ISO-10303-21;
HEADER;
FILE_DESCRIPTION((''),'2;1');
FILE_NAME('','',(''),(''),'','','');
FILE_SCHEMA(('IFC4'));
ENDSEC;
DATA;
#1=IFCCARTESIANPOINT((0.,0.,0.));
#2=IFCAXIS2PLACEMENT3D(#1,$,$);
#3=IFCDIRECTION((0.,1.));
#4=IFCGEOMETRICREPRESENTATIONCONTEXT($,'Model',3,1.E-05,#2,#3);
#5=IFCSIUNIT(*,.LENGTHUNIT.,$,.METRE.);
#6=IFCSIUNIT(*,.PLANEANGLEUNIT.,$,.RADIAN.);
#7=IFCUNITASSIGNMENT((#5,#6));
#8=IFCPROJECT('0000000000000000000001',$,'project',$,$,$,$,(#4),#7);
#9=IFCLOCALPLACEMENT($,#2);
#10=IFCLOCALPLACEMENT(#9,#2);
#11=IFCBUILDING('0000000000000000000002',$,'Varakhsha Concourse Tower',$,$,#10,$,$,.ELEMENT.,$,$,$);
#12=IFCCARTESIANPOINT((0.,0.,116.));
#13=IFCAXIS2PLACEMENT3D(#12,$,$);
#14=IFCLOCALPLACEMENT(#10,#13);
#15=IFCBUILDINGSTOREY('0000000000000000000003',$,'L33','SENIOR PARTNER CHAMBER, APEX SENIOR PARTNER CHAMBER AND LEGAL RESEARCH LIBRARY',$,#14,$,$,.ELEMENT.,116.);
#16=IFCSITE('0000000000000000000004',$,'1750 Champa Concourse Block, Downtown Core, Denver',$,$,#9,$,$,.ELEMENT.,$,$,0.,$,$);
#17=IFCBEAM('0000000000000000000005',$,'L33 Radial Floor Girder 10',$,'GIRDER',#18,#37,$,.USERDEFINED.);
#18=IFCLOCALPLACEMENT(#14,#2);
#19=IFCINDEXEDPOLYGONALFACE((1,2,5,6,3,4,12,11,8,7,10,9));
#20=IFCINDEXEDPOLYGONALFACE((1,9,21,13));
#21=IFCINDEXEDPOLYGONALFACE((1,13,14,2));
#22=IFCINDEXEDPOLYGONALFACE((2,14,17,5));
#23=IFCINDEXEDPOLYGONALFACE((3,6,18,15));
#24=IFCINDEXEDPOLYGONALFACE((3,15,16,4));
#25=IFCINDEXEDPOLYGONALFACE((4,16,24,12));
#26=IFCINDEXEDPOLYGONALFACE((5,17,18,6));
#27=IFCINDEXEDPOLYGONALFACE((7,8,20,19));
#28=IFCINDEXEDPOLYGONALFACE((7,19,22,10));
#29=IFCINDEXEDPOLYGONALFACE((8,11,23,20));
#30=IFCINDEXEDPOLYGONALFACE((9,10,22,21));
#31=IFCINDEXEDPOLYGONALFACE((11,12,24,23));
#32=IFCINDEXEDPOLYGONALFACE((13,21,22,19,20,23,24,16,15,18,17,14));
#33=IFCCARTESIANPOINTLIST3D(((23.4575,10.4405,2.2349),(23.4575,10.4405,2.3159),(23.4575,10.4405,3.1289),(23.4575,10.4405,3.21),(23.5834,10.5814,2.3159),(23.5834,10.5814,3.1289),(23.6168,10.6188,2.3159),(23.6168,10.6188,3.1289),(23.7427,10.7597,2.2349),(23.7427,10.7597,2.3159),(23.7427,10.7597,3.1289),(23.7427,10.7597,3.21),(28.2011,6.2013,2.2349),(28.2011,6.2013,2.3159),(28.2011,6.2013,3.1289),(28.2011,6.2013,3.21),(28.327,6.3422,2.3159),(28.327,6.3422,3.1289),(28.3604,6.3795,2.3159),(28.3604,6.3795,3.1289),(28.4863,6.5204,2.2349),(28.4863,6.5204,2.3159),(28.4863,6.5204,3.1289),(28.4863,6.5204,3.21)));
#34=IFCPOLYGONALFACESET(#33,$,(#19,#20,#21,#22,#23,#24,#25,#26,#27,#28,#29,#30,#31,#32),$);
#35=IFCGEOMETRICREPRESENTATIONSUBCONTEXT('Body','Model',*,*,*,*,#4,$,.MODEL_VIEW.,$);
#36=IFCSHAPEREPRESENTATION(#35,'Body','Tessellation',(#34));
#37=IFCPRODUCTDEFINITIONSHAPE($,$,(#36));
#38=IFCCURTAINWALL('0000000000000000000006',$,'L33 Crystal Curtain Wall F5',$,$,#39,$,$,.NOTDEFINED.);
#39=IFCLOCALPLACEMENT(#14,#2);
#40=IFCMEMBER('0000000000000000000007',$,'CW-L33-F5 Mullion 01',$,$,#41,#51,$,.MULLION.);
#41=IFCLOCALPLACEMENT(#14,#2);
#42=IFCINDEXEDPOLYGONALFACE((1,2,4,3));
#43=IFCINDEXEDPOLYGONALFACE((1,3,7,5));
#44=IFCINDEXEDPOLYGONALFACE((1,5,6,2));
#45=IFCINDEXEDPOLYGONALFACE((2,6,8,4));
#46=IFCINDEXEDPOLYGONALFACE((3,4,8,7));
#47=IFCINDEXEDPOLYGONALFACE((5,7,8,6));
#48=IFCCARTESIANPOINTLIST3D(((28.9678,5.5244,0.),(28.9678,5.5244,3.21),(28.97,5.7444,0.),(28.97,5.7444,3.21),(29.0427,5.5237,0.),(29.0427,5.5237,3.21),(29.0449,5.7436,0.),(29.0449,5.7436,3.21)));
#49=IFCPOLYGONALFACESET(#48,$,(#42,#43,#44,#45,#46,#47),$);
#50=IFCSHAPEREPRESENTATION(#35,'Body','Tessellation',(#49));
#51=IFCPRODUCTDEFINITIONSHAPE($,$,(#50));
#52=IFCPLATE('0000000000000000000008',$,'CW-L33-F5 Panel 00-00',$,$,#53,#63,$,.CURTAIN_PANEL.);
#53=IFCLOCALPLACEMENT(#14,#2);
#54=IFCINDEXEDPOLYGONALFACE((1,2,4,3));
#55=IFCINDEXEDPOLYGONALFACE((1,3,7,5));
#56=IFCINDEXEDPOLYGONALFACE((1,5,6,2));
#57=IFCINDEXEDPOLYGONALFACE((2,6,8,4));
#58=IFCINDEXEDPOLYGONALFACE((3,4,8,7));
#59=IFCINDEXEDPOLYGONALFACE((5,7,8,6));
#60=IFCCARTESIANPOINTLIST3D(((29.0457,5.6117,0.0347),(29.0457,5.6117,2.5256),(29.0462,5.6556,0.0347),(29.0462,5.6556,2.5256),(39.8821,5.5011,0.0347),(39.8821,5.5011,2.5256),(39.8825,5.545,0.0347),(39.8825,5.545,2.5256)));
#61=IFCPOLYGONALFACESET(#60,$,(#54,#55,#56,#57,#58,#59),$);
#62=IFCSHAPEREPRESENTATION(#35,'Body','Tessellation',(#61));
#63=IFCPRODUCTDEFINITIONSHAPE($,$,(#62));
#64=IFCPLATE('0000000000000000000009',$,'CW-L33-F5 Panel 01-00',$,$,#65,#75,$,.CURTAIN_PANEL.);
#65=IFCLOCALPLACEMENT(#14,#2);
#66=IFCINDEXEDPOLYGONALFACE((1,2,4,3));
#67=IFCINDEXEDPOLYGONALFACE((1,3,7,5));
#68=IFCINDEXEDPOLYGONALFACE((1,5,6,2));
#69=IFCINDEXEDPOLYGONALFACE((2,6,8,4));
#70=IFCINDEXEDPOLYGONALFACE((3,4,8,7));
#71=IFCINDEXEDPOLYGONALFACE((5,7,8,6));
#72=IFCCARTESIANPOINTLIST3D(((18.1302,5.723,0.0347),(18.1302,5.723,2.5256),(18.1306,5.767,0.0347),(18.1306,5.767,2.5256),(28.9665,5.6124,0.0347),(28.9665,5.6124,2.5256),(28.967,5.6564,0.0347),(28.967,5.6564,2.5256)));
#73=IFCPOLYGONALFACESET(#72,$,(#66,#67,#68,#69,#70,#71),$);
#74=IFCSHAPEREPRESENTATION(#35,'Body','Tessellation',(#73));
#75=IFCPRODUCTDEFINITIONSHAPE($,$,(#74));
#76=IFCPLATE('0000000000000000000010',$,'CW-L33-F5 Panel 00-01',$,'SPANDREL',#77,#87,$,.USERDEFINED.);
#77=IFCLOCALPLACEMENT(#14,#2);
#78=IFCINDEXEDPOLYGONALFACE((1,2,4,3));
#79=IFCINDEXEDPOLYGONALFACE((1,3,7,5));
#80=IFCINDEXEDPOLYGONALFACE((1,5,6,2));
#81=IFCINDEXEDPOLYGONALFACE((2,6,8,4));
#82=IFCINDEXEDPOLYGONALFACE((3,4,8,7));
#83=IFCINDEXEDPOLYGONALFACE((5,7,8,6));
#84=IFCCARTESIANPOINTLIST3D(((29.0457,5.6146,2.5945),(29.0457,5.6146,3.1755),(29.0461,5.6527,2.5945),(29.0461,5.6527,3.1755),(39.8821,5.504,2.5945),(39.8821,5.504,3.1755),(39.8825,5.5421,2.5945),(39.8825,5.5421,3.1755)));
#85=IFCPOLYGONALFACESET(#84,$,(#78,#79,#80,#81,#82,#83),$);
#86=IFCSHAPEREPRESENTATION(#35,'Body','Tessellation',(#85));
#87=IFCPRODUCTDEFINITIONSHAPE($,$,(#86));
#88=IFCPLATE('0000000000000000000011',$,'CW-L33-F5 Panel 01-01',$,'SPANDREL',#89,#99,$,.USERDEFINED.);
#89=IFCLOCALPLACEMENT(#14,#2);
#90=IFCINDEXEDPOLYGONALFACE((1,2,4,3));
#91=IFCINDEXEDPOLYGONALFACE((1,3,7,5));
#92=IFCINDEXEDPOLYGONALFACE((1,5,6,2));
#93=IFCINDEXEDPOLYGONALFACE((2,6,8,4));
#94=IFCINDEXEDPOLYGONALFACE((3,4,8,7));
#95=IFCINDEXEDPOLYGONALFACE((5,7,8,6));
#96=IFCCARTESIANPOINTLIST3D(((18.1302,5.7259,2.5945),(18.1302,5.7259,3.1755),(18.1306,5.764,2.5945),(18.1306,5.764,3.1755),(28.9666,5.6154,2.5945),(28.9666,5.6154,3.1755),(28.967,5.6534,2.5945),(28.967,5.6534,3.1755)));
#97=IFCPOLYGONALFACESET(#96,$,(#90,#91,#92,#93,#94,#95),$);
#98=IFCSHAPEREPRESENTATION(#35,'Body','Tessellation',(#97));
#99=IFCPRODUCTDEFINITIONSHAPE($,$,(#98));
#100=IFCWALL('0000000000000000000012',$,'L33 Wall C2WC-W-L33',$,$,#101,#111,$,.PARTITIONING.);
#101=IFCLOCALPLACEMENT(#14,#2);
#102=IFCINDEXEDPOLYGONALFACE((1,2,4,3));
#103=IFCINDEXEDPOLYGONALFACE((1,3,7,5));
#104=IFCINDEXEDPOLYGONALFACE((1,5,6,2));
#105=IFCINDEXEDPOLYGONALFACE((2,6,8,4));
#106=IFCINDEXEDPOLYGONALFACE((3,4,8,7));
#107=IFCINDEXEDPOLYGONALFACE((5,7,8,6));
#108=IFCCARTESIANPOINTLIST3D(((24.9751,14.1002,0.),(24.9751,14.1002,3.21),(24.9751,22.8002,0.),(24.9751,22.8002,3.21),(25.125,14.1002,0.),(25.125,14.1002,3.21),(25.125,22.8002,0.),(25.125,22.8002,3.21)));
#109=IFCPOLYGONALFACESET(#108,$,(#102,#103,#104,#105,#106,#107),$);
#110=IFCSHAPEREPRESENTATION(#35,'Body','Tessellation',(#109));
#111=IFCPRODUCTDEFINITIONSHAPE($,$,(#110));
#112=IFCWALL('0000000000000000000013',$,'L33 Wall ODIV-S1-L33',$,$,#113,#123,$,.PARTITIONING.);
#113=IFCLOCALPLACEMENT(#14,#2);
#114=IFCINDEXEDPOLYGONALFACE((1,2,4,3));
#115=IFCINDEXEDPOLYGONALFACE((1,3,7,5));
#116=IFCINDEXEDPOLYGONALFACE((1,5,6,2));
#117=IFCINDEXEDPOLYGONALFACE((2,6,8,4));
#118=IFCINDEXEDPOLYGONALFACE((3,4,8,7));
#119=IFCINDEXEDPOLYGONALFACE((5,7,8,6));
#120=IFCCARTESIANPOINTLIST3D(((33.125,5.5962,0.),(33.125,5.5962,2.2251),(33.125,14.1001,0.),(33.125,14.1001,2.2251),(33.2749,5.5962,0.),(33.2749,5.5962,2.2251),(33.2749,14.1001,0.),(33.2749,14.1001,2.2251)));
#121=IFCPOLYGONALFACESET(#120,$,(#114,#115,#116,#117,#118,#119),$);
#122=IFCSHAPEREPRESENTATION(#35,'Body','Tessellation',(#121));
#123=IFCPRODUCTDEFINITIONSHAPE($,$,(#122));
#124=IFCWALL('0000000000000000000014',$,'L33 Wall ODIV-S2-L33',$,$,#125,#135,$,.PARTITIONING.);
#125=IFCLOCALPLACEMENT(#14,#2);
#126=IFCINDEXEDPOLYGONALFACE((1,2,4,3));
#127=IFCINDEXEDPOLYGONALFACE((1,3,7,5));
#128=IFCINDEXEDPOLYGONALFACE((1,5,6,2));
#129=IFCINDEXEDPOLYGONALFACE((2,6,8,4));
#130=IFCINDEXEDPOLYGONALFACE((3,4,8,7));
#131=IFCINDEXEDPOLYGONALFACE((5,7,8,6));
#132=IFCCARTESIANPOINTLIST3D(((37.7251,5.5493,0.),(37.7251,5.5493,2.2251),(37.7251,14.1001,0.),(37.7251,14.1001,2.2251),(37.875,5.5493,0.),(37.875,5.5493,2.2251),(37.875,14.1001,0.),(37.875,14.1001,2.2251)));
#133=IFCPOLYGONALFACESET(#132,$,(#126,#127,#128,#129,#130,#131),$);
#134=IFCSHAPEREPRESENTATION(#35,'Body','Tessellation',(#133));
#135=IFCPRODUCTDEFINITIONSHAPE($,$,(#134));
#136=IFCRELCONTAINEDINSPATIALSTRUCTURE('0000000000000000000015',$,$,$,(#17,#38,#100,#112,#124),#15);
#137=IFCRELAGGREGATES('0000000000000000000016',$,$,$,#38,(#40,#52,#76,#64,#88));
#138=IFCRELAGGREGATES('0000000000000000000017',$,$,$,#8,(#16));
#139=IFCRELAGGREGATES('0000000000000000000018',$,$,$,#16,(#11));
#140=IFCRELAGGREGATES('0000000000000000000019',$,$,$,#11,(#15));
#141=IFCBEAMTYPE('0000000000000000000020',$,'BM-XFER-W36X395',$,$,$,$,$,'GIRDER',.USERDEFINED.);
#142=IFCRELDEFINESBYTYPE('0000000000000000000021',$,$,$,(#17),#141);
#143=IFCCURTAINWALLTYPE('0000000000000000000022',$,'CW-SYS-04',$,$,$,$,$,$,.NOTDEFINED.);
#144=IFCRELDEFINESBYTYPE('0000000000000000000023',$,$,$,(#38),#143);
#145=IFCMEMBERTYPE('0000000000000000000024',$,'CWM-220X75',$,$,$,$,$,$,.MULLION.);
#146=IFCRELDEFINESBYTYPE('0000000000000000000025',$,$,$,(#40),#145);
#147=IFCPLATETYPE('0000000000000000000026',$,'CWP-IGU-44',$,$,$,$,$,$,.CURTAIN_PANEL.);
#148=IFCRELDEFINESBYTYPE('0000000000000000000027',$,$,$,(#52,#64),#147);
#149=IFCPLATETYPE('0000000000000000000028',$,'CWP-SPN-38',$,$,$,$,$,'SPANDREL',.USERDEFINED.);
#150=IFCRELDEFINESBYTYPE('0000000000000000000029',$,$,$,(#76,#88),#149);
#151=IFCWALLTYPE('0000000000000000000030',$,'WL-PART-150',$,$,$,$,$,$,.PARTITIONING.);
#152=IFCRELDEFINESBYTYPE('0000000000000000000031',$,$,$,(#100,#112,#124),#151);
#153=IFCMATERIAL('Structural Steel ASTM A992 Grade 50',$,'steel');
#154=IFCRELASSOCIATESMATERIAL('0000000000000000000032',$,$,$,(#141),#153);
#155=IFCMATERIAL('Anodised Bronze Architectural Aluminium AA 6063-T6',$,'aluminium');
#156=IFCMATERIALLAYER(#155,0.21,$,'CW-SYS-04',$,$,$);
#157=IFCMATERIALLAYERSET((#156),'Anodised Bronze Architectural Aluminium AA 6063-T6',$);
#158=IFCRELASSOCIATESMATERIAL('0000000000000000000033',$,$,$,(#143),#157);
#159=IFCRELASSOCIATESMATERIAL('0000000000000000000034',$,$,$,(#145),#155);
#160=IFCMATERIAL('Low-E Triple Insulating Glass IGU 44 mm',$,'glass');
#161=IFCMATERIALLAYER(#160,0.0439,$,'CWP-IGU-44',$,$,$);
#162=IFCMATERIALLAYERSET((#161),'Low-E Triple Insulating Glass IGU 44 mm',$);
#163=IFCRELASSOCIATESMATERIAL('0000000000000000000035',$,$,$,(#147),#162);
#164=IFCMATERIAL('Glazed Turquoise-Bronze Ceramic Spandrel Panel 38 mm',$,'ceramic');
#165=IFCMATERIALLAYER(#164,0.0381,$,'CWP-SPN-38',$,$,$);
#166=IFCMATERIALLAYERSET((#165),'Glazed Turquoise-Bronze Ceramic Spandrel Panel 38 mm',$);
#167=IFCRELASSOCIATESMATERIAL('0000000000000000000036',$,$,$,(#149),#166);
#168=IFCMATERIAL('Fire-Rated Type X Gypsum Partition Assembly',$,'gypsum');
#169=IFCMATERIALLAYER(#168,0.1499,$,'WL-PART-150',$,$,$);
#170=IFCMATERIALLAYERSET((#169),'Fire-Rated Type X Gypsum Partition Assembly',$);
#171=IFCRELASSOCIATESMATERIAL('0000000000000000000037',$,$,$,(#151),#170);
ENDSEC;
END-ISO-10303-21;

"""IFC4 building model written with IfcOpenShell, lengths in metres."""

from ifc_helpers import new_model, si_unit, direction, frame, frame_2d, origin, origin_2d, place, context, subcontext, project, spatial, rectangle, i_section, extrude, source, transform, mapped, material, layer, layer_set, material_profile, profile_set, type_object, type_shapes, element, aggregate, save


model = new_model("IFC4")

# Units and contexts
model_context = context("Model", 3, precision=1e-05, world=origin(), true_north=direction((0.0, 1.0)))
body_context = subcontext(model_context, "Body", "Model", "MODEL_VIEW")
ifc_project = project(units=[si_unit("LENGTHUNIT", "METRE"), si_unit("PLANEANGLEUNIT", "RADIAN")], contexts=[model_context])

# Site, building, storey
site_placement = place(None, origin())
site = spatial("IfcSite", under=ifc_project, at=site_placement, Name="1750 Champa Concourse Block, Downtown Core, Denver", CompositionType="ELEMENT", RefElevation=0.0)
building_placement = place(site_placement, origin())
building = spatial("IfcBuilding", under=site, at=building_placement, Name="Varakhsha Concourse Tower", CompositionType="ELEMENT")
storey_placement = place(building_placement, frame((0.0, 0.0, 116.0)))
storey = spatial("IfcBuildingStorey", under=building, at=storey_placement, Name="L33", Description="SENIOR PARTNER CHAMBER, APEX SENIOR PARTNER CHAMBER AND LEGAL RESEARCH LIBRARY", CompositionType="ELEMENT", Elevation=116.0)

# Shared definitions
ifc_material_1 = material(Name="Structural Steel ASTM A992 Grade 50", Category="steel")

# Beam
ifc_material_profile_1 = material_profile(ifc_material_1, i_section(OverallWidth=0.428, OverallDepth=0.9751, WebThickness=0.05, FlangeThickness=0.0811, at=origin_2d()), Name="W36X395")
ifc_profile_set_1 = profile_set([ifc_material_profile_1], Name="Structural Steel ASTM A992 Grade 50")
beam_type_1 = type_object("IfcBeamType", Name="BM-XFER-W36X395", ElementType="GIRDER", PredefinedType="USERDEFINED", material=ifc_profile_set_1)
beam_1_placement = place(storey_placement, frame((23.6001, 10.6001, 2.7224), z_axis=(0.745637, -0.666353, 0.0), x_axis=(0.666353, 0.745637, 0.0)))
element("IfcBeam", 1, at=beam_1_placement, inside=storey, type_object=beam_type_1, Name="L33 Radial Floor Girder 10", ObjectType="GIRDER", PredefinedType="USERDEFINED", context=body_context, shape_type="SweptSolid", body=[
    extrude(i_section(OverallWidth=0.428, OverallDepth=0.9751, WebThickness=0.05, FlangeThickness=0.0811, at=origin_2d()), origin(), (0.0, 0.0, 1.0), 6.3618),
])

# Curtain wall, member, plates
ifc_material_2 = material(Name="Anodised Bronze Architectural Aluminium AA 6063-T6", Category="aluminium")
ifc_layer_1 = layer(ifc_material_2, 0.21, Name="CW-SYS-04")
ifc_layer_set_1 = layer_set([ifc_layer_1], Name="Anodised Bronze Architectural Aluminium AA 6063-T6")
curtain_wall_type = type_object("IfcCurtainWallType", Name="CW-SYS-04", PredefinedType="NOTDEFINED", material=ifc_layer_set_1)
curtain_wall_placement = place(storey_placement, origin())
curtain_wall = element("IfcCurtainWall", 2, at=curtain_wall_placement, inside=storey, type_object=curtain_wall_type, Name="L33 Crystal Curtain Wall F5", PredefinedType="NOTDEFINED")
ifc_material_profile_2 = material_profile(ifc_material_2, rectangle(XDim=0.075, YDim=0.22, at=origin_2d()), Name="CWM-220X75")
ifc_profile_set_2 = profile_set([ifc_material_profile_2], Name="Anodised Bronze Architectural Aluminium AA 6063-T6")
member_type = type_object("IfcMemberType", Name="CWM-220X75", PredefinedType="MULLION", material=ifc_profile_set_2)
shared_shape_1 = source(origin(), body_context, "Body", "SweptSolid", [
    extrude(rectangle(XDim=0.075, YDim=0.22, at=origin_2d()), origin(), (0.0, 0.0, 1.0), 3.21),
])
type_shapes(member_type, [shared_shape_1])
member_placement = place(storey_placement, frame((29.0063, 5.634, 0.0), z_axis=(0.0, 0.0, 1.0), x_axis=(-0.999948, 0.010205, 0.0)))
member = element("IfcMember", 3, at=member_placement, type_object=member_type, Name="CW-L33-F5 Mullion 01", PredefinedType="MULLION", context=body_context, shape_type="MappedRepresentation", body=[
    mapped(shared_shape_1, transform((0.0, 0.0, 0.0), scale=1.0)),
])
ifc_material_3 = material(Name="Low-E Triple Insulating Glass IGU 44 mm", Category="glass")
ifc_layer_2 = layer(ifc_material_3, 0.0439, Name="CWP-IGU-44")
ifc_layer_set_2 = layer_set([ifc_layer_2], Name="Low-E Triple Insulating Glass IGU 44 mm")
plate_type_1 = type_object("IfcPlateType", Name="CWP-IGU-44", PredefinedType="CURTAIN_PANEL", material=ifc_layer_set_2)
shared_shape_2 = source(origin(), body_context, "Body", "SweptSolid", [
    extrude(rectangle(XDim=10.8369, YDim=0.0439, at=origin_2d()), origin(), (0.0, 0.0, 1.0), 2.491),
])
type_shapes(plate_type_1, [shared_shape_2])
plate_1_placement = place(storey_placement, frame((34.4641, 5.5784, 0.0347), z_axis=(0.0, 0.0, 1.0), x_axis=(-0.999948, 0.010205, 0.0)))
plate_1 = element("IfcPlate", 4, at=plate_1_placement, type_object=plate_type_1, Name="CW-L33-F5 Panel 00-00", PredefinedType="CURTAIN_PANEL", context=body_context, shape_type="MappedRepresentation", body=[
    mapped(shared_shape_2, transform((0.0, 0.0, 0.0), scale=1.0)),
])
plate_2_placement = place(storey_placement, frame((23.5486, 5.6897, 0.0347), z_axis=(0.0, 0.0, 1.0), x_axis=(-0.999948, 0.010205, 0.0)))
plate_2 = element("IfcPlate", 5, at=plate_2_placement, type_object=plate_type_1, Name="CW-L33-F5 Panel 01-00", PredefinedType="CURTAIN_PANEL", context=body_context, shape_type="MappedRepresentation", body=[
    mapped(shared_shape_2, transform((0.0, 0.0, 0.0), scale=1.0)),
])
ifc_material_4 = material(Name="Glazed Turquoise-Bronze Ceramic Spandrel Panel 38 mm", Category="ceramic")
ifc_layer_3 = layer(ifc_material_4, 0.0381, Name="CWP-SPN-38")
ifc_layer_set_3 = layer_set([ifc_layer_3], Name="Glazed Turquoise-Bronze Ceramic Spandrel Panel 38 mm")
plate_type_2 = type_object("IfcPlateType", Name="CWP-SPN-38", ElementType="SPANDREL", PredefinedType="USERDEFINED", material=ifc_layer_set_3)
shared_shape_3 = source(origin(), body_context, "Body", "SweptSolid", [
    extrude(rectangle(XDim=10.8369, YDim=0.0381, at=origin_2d()), origin(), (0.0, 0.0, 1.0), 0.5811),
])
type_shapes(plate_type_2, [shared_shape_3])
plate_3_placement = place(storey_placement, frame((34.4641, 5.5784, 2.5945), z_axis=(0.0, 0.0, 1.0), x_axis=(-0.999948, 0.010205, 0.0)))
plate_3 = element("IfcPlate", 6, at=plate_3_placement, type_object=plate_type_2, Name="CW-L33-F5 Panel 00-01", ObjectType="SPANDREL", PredefinedType="USERDEFINED", context=body_context, shape_type="MappedRepresentation", body=[
    mapped(shared_shape_3, transform((0.0, 0.0, 0.0), scale=1.0)),
])
plate_4_placement = place(storey_placement, frame((23.5486, 5.6897, 2.5945), z_axis=(0.0, 0.0, 1.0), x_axis=(-0.999948, 0.010205, 0.0)))
plate_4 = element("IfcPlate", 7, at=plate_4_placement, type_object=plate_type_2, Name="CW-L33-F5 Panel 01-01", ObjectType="SPANDREL", PredefinedType="USERDEFINED", context=body_context, shape_type="MappedRepresentation", body=[
    mapped(shared_shape_3, transform((0.0, 0.0, 0.0), scale=1.0)),
])
aggregate(curtain_wall, [member, plate_1, plate_3, plate_2, plate_4])

# Walls
ifc_material_5 = material(Name="Fire-Rated Type X Gypsum Partition Assembly", Category="gypsum")
ifc_layer_4 = layer(ifc_material_5, 0.1499, Name="WL-PART-150")
ifc_layer_set_4 = layer_set([ifc_layer_4], Name="Fire-Rated Type X Gypsum Partition Assembly")
wall_type = type_object("IfcWallType", Name="WL-PART-150", PredefinedType="PARTITIONING", material=ifc_layer_set_4)
wall_1_placement = place(storey_placement, frame((25.05, 14.1001, 0.0), z_axis=(0.0, 0.0, 1.0), x_axis=(0.0, 1.0, 0.0)))
element("IfcWall", 8, at=wall_1_placement, inside=storey, type_object=wall_type, Name="L33 Wall C2WC-W-L33", PredefinedType="PARTITIONING", context=body_context, shape_type="SweptSolid", body=[
    extrude(rectangle(XDim=8.7, YDim=0.1499, at=frame_2d((4.3501, 0.0))), origin(), (0.0, 0.0, 1.0), 3.21),
])
wall_2_placement = place(storey_placement, frame((33.2, 5.5962, 0.0), z_axis=(0.0, 0.0, 1.0), x_axis=(0.0, 1.0, 0.0)))
element("IfcWall", 9, at=wall_2_placement, inside=storey, type_object=wall_type, Name="L33 Wall ODIV-S1-L33", PredefinedType="PARTITIONING", context=body_context, shape_type="SweptSolid", body=[
    extrude(rectangle(XDim=8.5039, YDim=0.1499, at=frame_2d((4.252, 0.0))), origin(), (0.0, 0.0, 1.0), 2.2251),
])
wall_3_placement = place(storey_placement, frame((37.8, 5.5493, 0.0), z_axis=(0.0, 0.0, 1.0), x_axis=(0.0, 1.0, 0.0)))
element("IfcWall", 10, at=wall_3_placement, inside=storey, type_object=wall_type, Name="L33 Wall ODIV-S2-L33", PredefinedType="PARTITIONING", context=body_context, shape_type="SweptSolid", body=[
    extrude(rectangle(XDim=8.5508, YDim=0.1499, at=frame_2d((4.2754, 0.0))), origin(), (0.0, 0.0, 1.0), 2.2251),
])

save(model, "model.ifc")
